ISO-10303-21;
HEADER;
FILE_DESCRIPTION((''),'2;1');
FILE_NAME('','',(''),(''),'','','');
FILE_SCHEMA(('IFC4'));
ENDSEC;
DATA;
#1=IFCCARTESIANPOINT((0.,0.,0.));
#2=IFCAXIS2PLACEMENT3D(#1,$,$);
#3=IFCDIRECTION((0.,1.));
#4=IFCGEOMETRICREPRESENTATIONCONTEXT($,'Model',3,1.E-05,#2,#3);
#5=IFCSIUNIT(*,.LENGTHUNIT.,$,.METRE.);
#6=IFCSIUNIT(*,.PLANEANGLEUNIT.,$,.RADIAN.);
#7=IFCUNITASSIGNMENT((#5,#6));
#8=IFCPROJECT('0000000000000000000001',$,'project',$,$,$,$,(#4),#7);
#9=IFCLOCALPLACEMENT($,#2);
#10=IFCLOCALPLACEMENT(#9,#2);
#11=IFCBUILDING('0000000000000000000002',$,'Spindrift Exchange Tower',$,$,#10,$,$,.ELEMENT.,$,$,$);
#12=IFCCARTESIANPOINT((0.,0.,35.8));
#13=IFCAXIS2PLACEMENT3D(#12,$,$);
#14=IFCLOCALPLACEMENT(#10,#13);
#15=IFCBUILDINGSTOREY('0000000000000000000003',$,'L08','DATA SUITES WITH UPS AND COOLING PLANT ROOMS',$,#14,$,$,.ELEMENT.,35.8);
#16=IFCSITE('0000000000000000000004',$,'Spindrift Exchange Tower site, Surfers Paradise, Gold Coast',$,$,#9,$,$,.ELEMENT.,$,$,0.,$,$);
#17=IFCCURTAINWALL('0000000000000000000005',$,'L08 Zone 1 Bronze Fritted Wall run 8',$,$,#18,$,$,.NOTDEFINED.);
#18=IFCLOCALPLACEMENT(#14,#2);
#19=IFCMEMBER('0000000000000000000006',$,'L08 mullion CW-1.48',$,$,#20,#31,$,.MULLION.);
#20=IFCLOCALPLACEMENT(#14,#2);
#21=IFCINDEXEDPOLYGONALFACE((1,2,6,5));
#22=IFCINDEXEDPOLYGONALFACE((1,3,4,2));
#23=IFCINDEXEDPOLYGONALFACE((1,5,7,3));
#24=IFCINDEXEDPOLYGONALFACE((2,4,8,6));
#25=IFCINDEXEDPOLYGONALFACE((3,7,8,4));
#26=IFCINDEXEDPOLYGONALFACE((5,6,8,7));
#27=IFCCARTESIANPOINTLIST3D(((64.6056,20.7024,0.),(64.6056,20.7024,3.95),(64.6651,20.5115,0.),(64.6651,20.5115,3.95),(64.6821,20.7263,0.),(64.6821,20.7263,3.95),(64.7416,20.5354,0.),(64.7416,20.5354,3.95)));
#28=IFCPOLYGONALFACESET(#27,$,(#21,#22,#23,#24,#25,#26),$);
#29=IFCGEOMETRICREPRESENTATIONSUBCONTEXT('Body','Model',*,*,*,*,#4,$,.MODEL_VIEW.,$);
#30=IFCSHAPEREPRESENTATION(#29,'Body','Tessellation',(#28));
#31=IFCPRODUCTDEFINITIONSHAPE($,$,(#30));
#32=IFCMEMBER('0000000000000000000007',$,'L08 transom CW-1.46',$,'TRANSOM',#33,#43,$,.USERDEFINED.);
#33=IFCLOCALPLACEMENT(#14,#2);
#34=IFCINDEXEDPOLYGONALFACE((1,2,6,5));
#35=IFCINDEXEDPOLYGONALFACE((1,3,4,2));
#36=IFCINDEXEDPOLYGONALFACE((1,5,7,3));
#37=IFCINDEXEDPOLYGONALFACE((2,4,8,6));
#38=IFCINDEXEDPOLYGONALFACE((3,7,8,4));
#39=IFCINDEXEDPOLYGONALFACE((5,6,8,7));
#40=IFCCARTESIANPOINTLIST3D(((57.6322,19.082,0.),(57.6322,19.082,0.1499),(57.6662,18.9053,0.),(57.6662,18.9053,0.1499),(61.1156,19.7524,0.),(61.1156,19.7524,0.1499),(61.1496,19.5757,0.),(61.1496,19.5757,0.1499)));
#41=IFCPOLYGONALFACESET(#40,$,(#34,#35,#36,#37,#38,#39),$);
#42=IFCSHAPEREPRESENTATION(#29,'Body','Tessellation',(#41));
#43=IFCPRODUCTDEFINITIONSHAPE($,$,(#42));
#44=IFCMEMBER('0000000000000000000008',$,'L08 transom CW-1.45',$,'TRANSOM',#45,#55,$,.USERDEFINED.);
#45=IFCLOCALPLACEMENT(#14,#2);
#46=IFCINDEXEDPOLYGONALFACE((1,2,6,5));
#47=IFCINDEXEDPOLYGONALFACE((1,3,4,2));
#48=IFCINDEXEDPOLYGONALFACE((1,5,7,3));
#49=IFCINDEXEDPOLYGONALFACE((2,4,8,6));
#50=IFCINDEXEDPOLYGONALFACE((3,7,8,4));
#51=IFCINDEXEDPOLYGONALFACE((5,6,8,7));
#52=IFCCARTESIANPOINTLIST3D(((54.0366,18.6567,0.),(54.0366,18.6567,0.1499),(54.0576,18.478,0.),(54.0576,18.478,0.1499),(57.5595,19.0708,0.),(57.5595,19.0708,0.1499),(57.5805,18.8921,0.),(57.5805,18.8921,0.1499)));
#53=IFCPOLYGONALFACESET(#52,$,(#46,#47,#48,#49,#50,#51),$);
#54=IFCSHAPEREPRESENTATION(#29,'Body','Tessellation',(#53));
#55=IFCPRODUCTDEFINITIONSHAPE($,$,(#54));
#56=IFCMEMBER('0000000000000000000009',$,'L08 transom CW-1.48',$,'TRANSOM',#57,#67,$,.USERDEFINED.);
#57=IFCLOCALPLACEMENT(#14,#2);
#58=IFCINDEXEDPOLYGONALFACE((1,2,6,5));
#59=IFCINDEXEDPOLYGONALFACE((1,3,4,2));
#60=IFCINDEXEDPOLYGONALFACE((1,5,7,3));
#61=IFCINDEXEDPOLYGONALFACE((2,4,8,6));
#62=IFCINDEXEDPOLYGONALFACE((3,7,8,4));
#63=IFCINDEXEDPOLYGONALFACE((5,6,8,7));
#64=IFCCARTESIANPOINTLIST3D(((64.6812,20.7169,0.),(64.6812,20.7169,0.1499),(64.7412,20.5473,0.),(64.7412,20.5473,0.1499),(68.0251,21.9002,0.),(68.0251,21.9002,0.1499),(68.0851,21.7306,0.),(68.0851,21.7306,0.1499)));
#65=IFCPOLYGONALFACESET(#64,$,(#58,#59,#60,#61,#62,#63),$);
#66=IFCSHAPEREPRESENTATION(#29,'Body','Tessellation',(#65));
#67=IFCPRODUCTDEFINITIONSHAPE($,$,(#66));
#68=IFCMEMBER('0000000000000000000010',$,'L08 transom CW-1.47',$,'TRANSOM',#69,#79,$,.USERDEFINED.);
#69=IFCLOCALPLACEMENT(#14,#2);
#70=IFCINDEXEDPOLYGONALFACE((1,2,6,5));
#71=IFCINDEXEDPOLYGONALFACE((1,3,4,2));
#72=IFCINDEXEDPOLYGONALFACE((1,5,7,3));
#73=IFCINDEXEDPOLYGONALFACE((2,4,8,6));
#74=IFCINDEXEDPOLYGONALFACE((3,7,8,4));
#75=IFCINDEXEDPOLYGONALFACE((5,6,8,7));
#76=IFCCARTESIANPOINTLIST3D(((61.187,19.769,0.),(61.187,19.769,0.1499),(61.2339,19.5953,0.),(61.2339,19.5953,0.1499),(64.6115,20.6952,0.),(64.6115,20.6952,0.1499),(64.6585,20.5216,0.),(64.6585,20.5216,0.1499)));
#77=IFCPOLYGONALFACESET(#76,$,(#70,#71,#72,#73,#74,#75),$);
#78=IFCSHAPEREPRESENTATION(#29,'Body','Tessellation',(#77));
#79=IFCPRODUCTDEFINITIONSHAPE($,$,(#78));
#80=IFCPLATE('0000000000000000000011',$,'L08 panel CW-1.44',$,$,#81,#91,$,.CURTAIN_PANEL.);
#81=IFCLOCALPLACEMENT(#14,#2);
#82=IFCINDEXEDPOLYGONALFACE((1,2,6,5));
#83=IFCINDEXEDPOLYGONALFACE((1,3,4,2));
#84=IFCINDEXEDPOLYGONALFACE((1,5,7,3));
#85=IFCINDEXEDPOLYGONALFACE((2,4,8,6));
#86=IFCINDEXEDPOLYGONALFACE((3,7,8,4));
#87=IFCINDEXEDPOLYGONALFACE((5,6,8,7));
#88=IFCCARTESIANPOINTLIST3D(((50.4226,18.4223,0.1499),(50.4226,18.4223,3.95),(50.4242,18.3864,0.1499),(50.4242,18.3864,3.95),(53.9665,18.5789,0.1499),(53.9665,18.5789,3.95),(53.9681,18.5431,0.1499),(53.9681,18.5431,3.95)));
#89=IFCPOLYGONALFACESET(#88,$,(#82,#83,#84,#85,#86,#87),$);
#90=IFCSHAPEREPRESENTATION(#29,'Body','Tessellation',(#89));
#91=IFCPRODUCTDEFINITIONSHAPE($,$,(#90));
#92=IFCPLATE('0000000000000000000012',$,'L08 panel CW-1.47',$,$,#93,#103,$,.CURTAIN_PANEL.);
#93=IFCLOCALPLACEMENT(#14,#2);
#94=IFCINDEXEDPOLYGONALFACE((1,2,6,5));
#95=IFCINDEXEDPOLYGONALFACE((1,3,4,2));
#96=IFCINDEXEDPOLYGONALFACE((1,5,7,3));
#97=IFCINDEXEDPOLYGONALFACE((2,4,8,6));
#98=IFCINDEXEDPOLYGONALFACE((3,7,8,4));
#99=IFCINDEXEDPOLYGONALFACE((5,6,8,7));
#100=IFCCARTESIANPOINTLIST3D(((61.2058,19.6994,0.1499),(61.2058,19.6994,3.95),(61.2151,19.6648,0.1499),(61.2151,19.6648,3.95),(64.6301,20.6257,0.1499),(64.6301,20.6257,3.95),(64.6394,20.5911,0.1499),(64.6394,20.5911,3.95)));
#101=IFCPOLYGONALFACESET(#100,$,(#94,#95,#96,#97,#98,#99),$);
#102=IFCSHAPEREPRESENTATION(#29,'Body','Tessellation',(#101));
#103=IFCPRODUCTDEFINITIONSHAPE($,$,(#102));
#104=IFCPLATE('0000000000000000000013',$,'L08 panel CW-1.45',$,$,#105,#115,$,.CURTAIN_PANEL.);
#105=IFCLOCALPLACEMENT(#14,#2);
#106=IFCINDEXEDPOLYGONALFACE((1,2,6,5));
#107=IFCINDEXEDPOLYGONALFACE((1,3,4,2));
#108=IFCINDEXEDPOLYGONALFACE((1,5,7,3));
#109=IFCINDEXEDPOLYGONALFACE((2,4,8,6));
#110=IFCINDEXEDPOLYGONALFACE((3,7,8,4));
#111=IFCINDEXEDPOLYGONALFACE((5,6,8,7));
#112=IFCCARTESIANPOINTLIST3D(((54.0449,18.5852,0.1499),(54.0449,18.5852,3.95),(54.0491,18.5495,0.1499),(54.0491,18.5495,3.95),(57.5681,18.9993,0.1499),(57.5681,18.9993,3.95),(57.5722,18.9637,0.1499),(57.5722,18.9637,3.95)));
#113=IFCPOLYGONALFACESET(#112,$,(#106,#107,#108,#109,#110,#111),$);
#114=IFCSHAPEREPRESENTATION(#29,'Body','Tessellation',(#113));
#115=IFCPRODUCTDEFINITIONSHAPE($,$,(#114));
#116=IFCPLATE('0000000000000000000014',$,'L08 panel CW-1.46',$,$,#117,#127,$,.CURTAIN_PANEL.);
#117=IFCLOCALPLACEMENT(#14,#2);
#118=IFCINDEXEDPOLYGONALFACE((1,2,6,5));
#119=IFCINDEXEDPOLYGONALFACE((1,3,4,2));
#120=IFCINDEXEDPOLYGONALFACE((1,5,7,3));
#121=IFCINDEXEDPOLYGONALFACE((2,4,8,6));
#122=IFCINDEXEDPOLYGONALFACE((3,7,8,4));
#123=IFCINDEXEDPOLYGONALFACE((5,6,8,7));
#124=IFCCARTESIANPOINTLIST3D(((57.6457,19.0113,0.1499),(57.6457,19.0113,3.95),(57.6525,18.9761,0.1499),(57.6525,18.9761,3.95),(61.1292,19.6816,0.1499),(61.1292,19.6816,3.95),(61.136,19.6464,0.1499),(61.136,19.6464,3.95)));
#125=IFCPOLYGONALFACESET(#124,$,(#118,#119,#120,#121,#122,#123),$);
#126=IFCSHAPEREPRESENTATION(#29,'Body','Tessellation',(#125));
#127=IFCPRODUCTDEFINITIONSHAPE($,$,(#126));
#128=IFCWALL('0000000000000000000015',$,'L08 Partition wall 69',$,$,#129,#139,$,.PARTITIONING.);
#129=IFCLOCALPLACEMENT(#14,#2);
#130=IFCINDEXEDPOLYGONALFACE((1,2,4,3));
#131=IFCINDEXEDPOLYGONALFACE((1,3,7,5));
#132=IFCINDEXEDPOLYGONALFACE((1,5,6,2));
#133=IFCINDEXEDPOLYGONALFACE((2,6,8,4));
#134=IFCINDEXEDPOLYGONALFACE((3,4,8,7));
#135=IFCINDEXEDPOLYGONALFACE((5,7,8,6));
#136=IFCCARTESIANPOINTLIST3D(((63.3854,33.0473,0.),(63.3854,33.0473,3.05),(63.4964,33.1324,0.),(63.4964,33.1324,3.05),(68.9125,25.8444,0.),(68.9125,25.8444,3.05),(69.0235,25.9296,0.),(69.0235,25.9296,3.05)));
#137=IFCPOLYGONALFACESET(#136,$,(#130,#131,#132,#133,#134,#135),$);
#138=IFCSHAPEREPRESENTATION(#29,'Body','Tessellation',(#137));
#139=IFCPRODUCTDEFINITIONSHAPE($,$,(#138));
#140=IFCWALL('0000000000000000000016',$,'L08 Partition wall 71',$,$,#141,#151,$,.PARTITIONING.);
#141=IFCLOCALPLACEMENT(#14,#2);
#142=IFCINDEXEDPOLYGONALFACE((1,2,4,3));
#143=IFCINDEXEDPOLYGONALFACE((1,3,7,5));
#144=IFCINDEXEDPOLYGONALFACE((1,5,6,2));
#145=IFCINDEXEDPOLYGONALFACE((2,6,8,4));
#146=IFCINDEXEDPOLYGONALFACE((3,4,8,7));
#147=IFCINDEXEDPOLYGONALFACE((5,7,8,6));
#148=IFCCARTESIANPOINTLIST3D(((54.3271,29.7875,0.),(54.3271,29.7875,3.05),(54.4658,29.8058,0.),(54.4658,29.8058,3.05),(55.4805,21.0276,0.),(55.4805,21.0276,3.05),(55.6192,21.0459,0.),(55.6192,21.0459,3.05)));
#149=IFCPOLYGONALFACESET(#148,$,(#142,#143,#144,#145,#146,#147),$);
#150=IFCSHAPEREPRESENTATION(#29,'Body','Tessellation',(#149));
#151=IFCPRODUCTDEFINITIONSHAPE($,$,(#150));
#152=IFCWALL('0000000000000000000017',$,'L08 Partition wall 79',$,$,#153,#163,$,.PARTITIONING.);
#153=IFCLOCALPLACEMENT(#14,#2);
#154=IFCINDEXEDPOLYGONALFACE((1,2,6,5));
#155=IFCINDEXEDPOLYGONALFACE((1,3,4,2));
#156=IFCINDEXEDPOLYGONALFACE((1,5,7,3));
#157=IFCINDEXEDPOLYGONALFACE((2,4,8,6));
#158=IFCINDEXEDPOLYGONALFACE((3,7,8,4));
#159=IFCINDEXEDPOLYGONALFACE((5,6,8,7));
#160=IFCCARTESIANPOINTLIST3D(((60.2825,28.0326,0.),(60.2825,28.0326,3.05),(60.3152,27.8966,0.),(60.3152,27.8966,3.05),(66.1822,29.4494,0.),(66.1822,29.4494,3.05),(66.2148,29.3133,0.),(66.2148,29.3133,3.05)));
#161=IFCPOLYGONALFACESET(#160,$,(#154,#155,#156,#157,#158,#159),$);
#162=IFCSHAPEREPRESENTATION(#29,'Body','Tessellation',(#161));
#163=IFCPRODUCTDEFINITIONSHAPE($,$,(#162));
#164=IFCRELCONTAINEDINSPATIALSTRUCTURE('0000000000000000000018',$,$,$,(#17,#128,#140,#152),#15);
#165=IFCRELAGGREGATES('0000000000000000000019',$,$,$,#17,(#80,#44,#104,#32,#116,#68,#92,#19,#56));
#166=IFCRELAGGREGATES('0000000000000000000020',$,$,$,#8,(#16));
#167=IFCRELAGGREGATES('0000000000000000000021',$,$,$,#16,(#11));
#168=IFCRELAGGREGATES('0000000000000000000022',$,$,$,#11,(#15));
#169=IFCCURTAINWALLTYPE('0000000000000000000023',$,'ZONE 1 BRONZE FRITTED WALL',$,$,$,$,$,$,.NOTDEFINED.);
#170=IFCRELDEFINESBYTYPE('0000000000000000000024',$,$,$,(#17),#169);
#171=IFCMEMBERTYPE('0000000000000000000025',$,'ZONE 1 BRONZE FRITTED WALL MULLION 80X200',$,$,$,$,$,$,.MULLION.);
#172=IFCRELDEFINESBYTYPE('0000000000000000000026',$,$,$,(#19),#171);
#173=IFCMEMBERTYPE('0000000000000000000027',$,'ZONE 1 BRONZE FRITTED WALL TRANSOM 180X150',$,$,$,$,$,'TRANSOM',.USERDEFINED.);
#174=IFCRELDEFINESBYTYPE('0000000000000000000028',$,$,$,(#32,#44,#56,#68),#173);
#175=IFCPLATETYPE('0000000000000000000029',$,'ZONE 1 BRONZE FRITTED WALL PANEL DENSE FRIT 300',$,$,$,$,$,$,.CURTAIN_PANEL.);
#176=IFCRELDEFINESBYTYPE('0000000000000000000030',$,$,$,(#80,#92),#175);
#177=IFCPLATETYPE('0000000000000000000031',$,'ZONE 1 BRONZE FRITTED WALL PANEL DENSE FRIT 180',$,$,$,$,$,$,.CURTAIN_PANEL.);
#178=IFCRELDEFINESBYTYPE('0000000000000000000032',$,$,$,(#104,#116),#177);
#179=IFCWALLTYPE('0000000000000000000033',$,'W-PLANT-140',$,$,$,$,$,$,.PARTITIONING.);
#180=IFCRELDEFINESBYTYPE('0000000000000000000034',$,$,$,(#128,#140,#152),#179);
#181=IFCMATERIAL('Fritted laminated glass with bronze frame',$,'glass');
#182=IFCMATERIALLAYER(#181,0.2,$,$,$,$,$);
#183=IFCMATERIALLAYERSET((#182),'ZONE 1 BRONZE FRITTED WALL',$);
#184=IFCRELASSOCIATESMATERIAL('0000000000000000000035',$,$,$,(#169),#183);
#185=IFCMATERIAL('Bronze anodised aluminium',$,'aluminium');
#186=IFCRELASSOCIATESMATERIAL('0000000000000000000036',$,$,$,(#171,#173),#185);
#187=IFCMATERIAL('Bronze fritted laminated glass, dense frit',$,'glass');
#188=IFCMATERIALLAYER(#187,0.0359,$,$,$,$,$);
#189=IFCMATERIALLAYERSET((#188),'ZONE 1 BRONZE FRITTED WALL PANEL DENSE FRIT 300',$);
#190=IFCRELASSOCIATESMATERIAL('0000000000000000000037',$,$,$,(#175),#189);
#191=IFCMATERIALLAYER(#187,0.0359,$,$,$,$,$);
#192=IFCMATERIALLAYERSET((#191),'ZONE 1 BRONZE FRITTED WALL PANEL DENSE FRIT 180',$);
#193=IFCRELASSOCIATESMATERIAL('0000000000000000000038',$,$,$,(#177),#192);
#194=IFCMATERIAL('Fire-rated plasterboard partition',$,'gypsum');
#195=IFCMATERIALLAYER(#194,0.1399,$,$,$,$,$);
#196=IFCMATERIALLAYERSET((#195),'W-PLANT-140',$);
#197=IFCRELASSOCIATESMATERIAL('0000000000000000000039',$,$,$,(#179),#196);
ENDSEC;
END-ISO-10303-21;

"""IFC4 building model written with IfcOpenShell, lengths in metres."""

from ifc_helpers import new_model, si_unit, direction, frame, frame_2d, origin, origin_2d, place, context, subcontext, project, spatial, rectangle, extrude, source, transform, mapped, material, layer, layer_set, material_profile, profile_set, type_object, element, aggregate, save


model = new_model("IFC4")

# Units and contexts
model_context = context("Model", 3, precision=1e-05, world=origin(), true_north=direction((0.0, 1.0)))
body_context = subcontext(model_context, "Body", "Model", "MODEL_VIEW")
ifc_project = project(units=[si_unit("LENGTHUNIT", "METRE"), si_unit("PLANEANGLEUNIT", "RADIAN")], contexts=[model_context])

# Site, building, storey
site_placement = place(None, origin())
site = spatial("IfcSite", under=ifc_project, at=site_placement, Name="Spindrift Exchange Tower site, Surfers Paradise, Gold Coast", CompositionType="ELEMENT", RefElevation=0.0)
building_placement = place(site_placement, origin())
building = spatial("IfcBuilding", under=site, at=building_placement, Name="Spindrift Exchange Tower", CompositionType="ELEMENT")
storey_placement = place(building_placement, frame((0.0, 0.0, 35.8)))
storey = spatial("IfcBuildingStorey", under=building, at=storey_placement, Name="L08", Description="DATA SUITES WITH UPS AND COOLING PLANT ROOMS", CompositionType="ELEMENT", Elevation=35.8)

# Curtain wall, members, plates
ifc_material_1 = material(Name="Fritted laminated glass with bronze frame", Category="glass")
ifc_layer_1 = layer(ifc_material_1, 0.2)
ifc_layer_set_1 = layer_set([ifc_layer_1], Name="ZONE 1 BRONZE FRITTED WALL")
curtain_wall_type = type_object("IfcCurtainWallType", Name="ZONE 1 BRONZE FRITTED WALL", PredefinedType="NOTDEFINED", material=ifc_layer_set_1)
curtain_wall_placement = place(storey_placement, origin())
curtain_wall = element("IfcCurtainWall", 1, at=curtain_wall_placement, inside=storey, type_object=curtain_wall_type, Name="L08 Zone 1 Bronze Fritted Wall run 8", PredefinedType="NOTDEFINED")
ifc_material_2 = material(Name="Bronze anodised aluminium", Category="aluminium")
ifc_material_profile_1 = material_profile(ifc_material_2, rectangle(XDim=0.0801, YDim=0.2, at=origin_2d()), Name="ZONE 1 BRONZE FRITTED WALL MULLION 80X200")
ifc_profile_set_1 = profile_set([ifc_material_profile_1], Name="Bronze anodised aluminium")
member_type_1 = type_object("IfcMemberType", Name="ZONE 1 BRONZE FRITTED WALL MULLION 80X200", PredefinedType="MULLION", material=ifc_profile_set_1)
shared_shape_1 = source(origin(), body_context, "Body", "SweptSolid", [
    extrude(rectangle(XDim=0.0801, YDim=0.2, at=origin_2d()), origin(), (0.0, 0.0, 1.0), 3.95),
])
member_1_placement = place(storey_placement, frame((64.6736, 20.6189, 0.0), z_axis=(0.0, 0.0, 1.0), x_axis=(0.954701, 0.297567, 0.0)))
member_1 = element("IfcMember", 2, at=member_1_placement, type_object=member_type_1, Name="L08 mullion CW-1.48", PredefinedType="MULLION", context=body_context, shape_type="MappedRepresentation", body=[
    mapped(shared_shape_1, transform((0.0, 0.0, 0.0), scale=1.0)),
])
ifc_material_profile_2 = material_profile(ifc_material_2, rectangle(XDim=0.1799, YDim=0.1499, at=origin_2d()), Name="ZONE 1 BRONZE FRITTED WALL TRANSOM 180X150")
ifc_profile_set_2 = profile_set([ifc_material_profile_2], Name="Bronze anodised aluminium")
member_type_2 = type_object("IfcMemberType", Name="ZONE 1 BRONZE FRITTED WALL TRANSOM 180X150", ElementType="TRANSOM", PredefinedType="USERDEFINED", material=ifc_profile_set_2)
shared_shape_2 = source(origin(), body_context, "Body", "SweptSolid", [
    extrude(rectangle(XDim=0.1799, YDim=0.1499, at=origin_2d()), origin(), (0.0, 0.0, 1.0), 3.5474),
])
member_2_placement = place(storey_placement, frame((57.6492, 18.9937, 0.075), z_axis=(0.981979, 0.18899, 0.0), x_axis=(-0.18899, 0.981979, 0.0)))
member_2 = element("IfcMember", 3, at=member_2_placement, type_object=member_type_2, Name="L08 transom CW-1.46", ObjectType="TRANSOM", PredefinedType="USERDEFINED", context=body_context, shape_type="MappedRepresentation", body=[
    mapped(shared_shape_2, transform((0.0, 0.0, 0.0), scale=1.0)),
])
shared_shape_3 = source(origin(), body_context, "Body", "SweptSolid", [
    extrude(rectangle(XDim=0.1799, YDim=0.1499, at=origin_2d()), origin(), (0.0, 0.0, 1.0), 3.5471),
])
member_3_placement = place(storey_placement, frame((54.0471, 18.5674, 0.075), z_axis=(0.993164, 0.116729, 0.0), x_axis=(-0.116729, 0.993164, 0.0)))
member_3 = element("IfcMember", 4, at=member_3_placement, type_object=member_type_2, Name="L08 transom CW-1.45", ObjectType="TRANSOM", PredefinedType="USERDEFINED", context=body_context, shape_type="MappedRepresentation", body=[
    mapped(shared_shape_3, transform((0.0, 0.0, 0.0), scale=1.0)),
])
member_4_placement = place(storey_placement, frame((64.7112, 20.6321, 0.075), z_axis=(0.942714, 0.333601, 0.0), x_axis=(-0.333601, 0.942714, 0.0)))
member_4 = element("IfcMember", 5, at=member_4_placement, type_object=member_type_2, Name="L08 transom CW-1.48", ObjectType="TRANSOM", PredefinedType="USERDEFINED", context=body_context, shape_type="MappedRepresentation", body=[
    mapped(shared_shape_3, transform((0.0, 0.0, 0.0), scale=1.0)),
])
shared_shape_4 = source(origin(), body_context, "Body", "SweptSolid", [
    extrude(rectangle(XDim=0.1799, YDim=0.1499, at=origin_2d()), origin(), (0.0, 0.0, 1.0), 3.5476),
])
member_5_placement = place(storey_placement, frame((61.2104, 19.6821, 0.075), z_axis=(0.965313, 0.261096, 0.0), x_axis=(-0.261096, 0.965313, 0.0)))
member_5 = element("IfcMember", 6, at=member_5_placement, type_object=member_type_2, Name="L08 transom CW-1.47", ObjectType="TRANSOM", PredefinedType="USERDEFINED", context=body_context, shape_type="MappedRepresentation", body=[
    mapped(shared_shape_4, transform((0.0, 0.0, 0.0), scale=1.0)),
])
ifc_material_3 = material(Name="Bronze fritted laminated glass, dense frit", Category="glass")
ifc_layer_2 = layer(ifc_material_3, 0.0359)
ifc_layer_set_2 = layer_set([ifc_layer_2], Name="ZONE 1 BRONZE FRITTED WALL PANEL DENSE FRIT 300")
plate_type_1 = type_object("IfcPlateType", Name="ZONE 1 BRONZE FRITTED WALL PANEL DENSE FRIT 300", PredefinedType="CURTAIN_PANEL", material=ifc_layer_set_2)
shared_shape_5 = source(origin(), body_context, "Body", "SweptSolid", [
    extrude(rectangle(XDim=3.5474, YDim=0.0359, at=origin_2d()), origin(), (0.0, 0.0, 1.0), 3.8),
])
plate_1_placement = place(storey_placement, frame((52.1953, 18.4827, 0.1499), z_axis=(0.0, 0.0, 1.0), x_axis=(0.999024, 0.044163, 0.0)))
plate_1 = element("IfcPlate", 7, at=plate_1_placement, type_object=plate_type_1, Name="L08 panel CW-1.44", PredefinedType="CURTAIN_PANEL", context=body_context, shape_type="MappedRepresentation", body=[
    mapped(shared_shape_5, transform((0.0, 0.0, 0.0), scale=1.0)),
])
plate_2_placement = place(storey_placement, frame((62.9226, 20.1453, 0.1499), z_axis=(0.0, 0.0, 1.0), x_axis=(0.965306, 0.26112, 0.0)))
plate_2 = element("IfcPlate", 8, at=plate_2_placement, type_object=plate_type_1, Name="L08 panel CW-1.47", PredefinedType="CURTAIN_PANEL", context=body_context, shape_type="MappedRepresentation", body=[
    mapped(shared_shape_5, transform((0.0, 0.0, 0.0), scale=1.0)),
])
ifc_layer_3 = layer(ifc_material_3, 0.0359)
ifc_layer_set_3 = layer_set([ifc_layer_3], Name="ZONE 1 BRONZE FRITTED WALL PANEL DENSE FRIT 180")
plate_type_2 = type_object("IfcPlateType", Name="ZONE 1 BRONZE FRITTED WALL PANEL DENSE FRIT 180", PredefinedType="CURTAIN_PANEL", material=ifc_layer_set_3)
shared_shape_6 = source(origin(), body_context, "Body", "SweptSolid", [
    extrude(rectangle(XDim=3.5474, YDim=0.0359, at=origin_2d()), origin(), (0.0, 0.0, 1.0), 3.8),
])
plate_3_placement = place(storey_placement, frame((55.8086, 18.7744, 0.1499), z_axis=(0.0, 0.0, 1.0), x_axis=(0.993161, 0.11675, 0.0)))
plate_3 = element("IfcPlate", 9, at=plate_3_placement, type_object=plate_type_2, Name="L08 panel CW-1.45", PredefinedType="CURTAIN_PANEL", context=body_context, shape_type="MappedRepresentation", body=[
    mapped(shared_shape_6, transform((0.0, 0.0, 0.0), scale=1.0)),
])
plate_4_placement = place(storey_placement, frame((59.3909, 19.3289, 0.1499), z_axis=(0.0, 0.0, 1.0), x_axis=(0.981986, 0.188953, 0.0)))
plate_4 = element("IfcPlate", 10, at=plate_4_placement, type_object=plate_type_2, Name="L08 panel CW-1.46", PredefinedType="CURTAIN_PANEL", context=body_context, shape_type="MappedRepresentation", body=[
    mapped(shared_shape_6, transform((0.0, 0.0, 0.0), scale=1.0)),
])
aggregate(curtain_wall, [plate_1, member_3, plate_3, member_2, plate_4, member_5, plate_2, member_1, member_4])

# Walls
ifc_material_4 = material(Name="Fire-rated plasterboard partition", Category="gypsum")
ifc_layer_4 = layer(ifc_material_4, 0.1399)
ifc_layer_set_4 = layer_set([ifc_layer_4], Name="W-PLANT-140")
wall_type = type_object("IfcWallType", Name="W-PLANT-140", PredefinedType="PARTITIONING", material=ifc_layer_set_4)
wall_1_placement = place(storey_placement, frame((63.4409, 33.0898, 0.0), z_axis=(0.0, 0.0, 1.0), x_axis=(0.608771, -0.793346, 0.0)))
element("IfcWall", 11, at=wall_1_placement, inside=storey, type_object=wall_type, Name="L08 Partition wall 69", PredefinedType="PARTITIONING", context=body_context, shape_type="SweptSolid", body=[
    extrude(rectangle(XDim=9.0791, YDim=0.1399, at=frame_2d((4.5396, 0.0))), origin(), (0.0, 0.0, 1.0), 3.05),
])
wall_2_placement = place(storey_placement, frame((54.3965, 29.7966, 0.0), z_axis=(0.0, 0.0, 1.0), x_axis=(0.130535, -0.991444, 0.0)))
element("IfcWall", 12, at=wall_2_placement, inside=storey, type_object=wall_type, Name="L08 Partition wall 71", PredefinedType="PARTITIONING", context=body_context, shape_type="SweptSolid", body=[
    extrude(rectangle(XDim=8.8354, YDim=0.1399, at=frame_2d((4.4177, 0.0))), origin(), (0.0, 0.0, 1.0), 3.05),
])
wall_3_placement = place(storey_placement, frame((60.2988, 27.9646, 0.0), z_axis=(0.0, 0.0, 1.0), x_axis=(0.972356, 0.233502, 0.0)))
element("IfcWall", 13, at=wall_3_placement, inside=storey, type_object=wall_type, Name="L08 Partition wall 79", PredefinedType="PARTITIONING", context=body_context, shape_type="SweptSolid", body=[
    extrude(rectangle(XDim=6.0674, YDim=0.1399, at=frame_2d((3.0337, 0.0))), origin(), (0.0, 0.0, 1.0), 3.05),
])

save(model, "model.ifc")
